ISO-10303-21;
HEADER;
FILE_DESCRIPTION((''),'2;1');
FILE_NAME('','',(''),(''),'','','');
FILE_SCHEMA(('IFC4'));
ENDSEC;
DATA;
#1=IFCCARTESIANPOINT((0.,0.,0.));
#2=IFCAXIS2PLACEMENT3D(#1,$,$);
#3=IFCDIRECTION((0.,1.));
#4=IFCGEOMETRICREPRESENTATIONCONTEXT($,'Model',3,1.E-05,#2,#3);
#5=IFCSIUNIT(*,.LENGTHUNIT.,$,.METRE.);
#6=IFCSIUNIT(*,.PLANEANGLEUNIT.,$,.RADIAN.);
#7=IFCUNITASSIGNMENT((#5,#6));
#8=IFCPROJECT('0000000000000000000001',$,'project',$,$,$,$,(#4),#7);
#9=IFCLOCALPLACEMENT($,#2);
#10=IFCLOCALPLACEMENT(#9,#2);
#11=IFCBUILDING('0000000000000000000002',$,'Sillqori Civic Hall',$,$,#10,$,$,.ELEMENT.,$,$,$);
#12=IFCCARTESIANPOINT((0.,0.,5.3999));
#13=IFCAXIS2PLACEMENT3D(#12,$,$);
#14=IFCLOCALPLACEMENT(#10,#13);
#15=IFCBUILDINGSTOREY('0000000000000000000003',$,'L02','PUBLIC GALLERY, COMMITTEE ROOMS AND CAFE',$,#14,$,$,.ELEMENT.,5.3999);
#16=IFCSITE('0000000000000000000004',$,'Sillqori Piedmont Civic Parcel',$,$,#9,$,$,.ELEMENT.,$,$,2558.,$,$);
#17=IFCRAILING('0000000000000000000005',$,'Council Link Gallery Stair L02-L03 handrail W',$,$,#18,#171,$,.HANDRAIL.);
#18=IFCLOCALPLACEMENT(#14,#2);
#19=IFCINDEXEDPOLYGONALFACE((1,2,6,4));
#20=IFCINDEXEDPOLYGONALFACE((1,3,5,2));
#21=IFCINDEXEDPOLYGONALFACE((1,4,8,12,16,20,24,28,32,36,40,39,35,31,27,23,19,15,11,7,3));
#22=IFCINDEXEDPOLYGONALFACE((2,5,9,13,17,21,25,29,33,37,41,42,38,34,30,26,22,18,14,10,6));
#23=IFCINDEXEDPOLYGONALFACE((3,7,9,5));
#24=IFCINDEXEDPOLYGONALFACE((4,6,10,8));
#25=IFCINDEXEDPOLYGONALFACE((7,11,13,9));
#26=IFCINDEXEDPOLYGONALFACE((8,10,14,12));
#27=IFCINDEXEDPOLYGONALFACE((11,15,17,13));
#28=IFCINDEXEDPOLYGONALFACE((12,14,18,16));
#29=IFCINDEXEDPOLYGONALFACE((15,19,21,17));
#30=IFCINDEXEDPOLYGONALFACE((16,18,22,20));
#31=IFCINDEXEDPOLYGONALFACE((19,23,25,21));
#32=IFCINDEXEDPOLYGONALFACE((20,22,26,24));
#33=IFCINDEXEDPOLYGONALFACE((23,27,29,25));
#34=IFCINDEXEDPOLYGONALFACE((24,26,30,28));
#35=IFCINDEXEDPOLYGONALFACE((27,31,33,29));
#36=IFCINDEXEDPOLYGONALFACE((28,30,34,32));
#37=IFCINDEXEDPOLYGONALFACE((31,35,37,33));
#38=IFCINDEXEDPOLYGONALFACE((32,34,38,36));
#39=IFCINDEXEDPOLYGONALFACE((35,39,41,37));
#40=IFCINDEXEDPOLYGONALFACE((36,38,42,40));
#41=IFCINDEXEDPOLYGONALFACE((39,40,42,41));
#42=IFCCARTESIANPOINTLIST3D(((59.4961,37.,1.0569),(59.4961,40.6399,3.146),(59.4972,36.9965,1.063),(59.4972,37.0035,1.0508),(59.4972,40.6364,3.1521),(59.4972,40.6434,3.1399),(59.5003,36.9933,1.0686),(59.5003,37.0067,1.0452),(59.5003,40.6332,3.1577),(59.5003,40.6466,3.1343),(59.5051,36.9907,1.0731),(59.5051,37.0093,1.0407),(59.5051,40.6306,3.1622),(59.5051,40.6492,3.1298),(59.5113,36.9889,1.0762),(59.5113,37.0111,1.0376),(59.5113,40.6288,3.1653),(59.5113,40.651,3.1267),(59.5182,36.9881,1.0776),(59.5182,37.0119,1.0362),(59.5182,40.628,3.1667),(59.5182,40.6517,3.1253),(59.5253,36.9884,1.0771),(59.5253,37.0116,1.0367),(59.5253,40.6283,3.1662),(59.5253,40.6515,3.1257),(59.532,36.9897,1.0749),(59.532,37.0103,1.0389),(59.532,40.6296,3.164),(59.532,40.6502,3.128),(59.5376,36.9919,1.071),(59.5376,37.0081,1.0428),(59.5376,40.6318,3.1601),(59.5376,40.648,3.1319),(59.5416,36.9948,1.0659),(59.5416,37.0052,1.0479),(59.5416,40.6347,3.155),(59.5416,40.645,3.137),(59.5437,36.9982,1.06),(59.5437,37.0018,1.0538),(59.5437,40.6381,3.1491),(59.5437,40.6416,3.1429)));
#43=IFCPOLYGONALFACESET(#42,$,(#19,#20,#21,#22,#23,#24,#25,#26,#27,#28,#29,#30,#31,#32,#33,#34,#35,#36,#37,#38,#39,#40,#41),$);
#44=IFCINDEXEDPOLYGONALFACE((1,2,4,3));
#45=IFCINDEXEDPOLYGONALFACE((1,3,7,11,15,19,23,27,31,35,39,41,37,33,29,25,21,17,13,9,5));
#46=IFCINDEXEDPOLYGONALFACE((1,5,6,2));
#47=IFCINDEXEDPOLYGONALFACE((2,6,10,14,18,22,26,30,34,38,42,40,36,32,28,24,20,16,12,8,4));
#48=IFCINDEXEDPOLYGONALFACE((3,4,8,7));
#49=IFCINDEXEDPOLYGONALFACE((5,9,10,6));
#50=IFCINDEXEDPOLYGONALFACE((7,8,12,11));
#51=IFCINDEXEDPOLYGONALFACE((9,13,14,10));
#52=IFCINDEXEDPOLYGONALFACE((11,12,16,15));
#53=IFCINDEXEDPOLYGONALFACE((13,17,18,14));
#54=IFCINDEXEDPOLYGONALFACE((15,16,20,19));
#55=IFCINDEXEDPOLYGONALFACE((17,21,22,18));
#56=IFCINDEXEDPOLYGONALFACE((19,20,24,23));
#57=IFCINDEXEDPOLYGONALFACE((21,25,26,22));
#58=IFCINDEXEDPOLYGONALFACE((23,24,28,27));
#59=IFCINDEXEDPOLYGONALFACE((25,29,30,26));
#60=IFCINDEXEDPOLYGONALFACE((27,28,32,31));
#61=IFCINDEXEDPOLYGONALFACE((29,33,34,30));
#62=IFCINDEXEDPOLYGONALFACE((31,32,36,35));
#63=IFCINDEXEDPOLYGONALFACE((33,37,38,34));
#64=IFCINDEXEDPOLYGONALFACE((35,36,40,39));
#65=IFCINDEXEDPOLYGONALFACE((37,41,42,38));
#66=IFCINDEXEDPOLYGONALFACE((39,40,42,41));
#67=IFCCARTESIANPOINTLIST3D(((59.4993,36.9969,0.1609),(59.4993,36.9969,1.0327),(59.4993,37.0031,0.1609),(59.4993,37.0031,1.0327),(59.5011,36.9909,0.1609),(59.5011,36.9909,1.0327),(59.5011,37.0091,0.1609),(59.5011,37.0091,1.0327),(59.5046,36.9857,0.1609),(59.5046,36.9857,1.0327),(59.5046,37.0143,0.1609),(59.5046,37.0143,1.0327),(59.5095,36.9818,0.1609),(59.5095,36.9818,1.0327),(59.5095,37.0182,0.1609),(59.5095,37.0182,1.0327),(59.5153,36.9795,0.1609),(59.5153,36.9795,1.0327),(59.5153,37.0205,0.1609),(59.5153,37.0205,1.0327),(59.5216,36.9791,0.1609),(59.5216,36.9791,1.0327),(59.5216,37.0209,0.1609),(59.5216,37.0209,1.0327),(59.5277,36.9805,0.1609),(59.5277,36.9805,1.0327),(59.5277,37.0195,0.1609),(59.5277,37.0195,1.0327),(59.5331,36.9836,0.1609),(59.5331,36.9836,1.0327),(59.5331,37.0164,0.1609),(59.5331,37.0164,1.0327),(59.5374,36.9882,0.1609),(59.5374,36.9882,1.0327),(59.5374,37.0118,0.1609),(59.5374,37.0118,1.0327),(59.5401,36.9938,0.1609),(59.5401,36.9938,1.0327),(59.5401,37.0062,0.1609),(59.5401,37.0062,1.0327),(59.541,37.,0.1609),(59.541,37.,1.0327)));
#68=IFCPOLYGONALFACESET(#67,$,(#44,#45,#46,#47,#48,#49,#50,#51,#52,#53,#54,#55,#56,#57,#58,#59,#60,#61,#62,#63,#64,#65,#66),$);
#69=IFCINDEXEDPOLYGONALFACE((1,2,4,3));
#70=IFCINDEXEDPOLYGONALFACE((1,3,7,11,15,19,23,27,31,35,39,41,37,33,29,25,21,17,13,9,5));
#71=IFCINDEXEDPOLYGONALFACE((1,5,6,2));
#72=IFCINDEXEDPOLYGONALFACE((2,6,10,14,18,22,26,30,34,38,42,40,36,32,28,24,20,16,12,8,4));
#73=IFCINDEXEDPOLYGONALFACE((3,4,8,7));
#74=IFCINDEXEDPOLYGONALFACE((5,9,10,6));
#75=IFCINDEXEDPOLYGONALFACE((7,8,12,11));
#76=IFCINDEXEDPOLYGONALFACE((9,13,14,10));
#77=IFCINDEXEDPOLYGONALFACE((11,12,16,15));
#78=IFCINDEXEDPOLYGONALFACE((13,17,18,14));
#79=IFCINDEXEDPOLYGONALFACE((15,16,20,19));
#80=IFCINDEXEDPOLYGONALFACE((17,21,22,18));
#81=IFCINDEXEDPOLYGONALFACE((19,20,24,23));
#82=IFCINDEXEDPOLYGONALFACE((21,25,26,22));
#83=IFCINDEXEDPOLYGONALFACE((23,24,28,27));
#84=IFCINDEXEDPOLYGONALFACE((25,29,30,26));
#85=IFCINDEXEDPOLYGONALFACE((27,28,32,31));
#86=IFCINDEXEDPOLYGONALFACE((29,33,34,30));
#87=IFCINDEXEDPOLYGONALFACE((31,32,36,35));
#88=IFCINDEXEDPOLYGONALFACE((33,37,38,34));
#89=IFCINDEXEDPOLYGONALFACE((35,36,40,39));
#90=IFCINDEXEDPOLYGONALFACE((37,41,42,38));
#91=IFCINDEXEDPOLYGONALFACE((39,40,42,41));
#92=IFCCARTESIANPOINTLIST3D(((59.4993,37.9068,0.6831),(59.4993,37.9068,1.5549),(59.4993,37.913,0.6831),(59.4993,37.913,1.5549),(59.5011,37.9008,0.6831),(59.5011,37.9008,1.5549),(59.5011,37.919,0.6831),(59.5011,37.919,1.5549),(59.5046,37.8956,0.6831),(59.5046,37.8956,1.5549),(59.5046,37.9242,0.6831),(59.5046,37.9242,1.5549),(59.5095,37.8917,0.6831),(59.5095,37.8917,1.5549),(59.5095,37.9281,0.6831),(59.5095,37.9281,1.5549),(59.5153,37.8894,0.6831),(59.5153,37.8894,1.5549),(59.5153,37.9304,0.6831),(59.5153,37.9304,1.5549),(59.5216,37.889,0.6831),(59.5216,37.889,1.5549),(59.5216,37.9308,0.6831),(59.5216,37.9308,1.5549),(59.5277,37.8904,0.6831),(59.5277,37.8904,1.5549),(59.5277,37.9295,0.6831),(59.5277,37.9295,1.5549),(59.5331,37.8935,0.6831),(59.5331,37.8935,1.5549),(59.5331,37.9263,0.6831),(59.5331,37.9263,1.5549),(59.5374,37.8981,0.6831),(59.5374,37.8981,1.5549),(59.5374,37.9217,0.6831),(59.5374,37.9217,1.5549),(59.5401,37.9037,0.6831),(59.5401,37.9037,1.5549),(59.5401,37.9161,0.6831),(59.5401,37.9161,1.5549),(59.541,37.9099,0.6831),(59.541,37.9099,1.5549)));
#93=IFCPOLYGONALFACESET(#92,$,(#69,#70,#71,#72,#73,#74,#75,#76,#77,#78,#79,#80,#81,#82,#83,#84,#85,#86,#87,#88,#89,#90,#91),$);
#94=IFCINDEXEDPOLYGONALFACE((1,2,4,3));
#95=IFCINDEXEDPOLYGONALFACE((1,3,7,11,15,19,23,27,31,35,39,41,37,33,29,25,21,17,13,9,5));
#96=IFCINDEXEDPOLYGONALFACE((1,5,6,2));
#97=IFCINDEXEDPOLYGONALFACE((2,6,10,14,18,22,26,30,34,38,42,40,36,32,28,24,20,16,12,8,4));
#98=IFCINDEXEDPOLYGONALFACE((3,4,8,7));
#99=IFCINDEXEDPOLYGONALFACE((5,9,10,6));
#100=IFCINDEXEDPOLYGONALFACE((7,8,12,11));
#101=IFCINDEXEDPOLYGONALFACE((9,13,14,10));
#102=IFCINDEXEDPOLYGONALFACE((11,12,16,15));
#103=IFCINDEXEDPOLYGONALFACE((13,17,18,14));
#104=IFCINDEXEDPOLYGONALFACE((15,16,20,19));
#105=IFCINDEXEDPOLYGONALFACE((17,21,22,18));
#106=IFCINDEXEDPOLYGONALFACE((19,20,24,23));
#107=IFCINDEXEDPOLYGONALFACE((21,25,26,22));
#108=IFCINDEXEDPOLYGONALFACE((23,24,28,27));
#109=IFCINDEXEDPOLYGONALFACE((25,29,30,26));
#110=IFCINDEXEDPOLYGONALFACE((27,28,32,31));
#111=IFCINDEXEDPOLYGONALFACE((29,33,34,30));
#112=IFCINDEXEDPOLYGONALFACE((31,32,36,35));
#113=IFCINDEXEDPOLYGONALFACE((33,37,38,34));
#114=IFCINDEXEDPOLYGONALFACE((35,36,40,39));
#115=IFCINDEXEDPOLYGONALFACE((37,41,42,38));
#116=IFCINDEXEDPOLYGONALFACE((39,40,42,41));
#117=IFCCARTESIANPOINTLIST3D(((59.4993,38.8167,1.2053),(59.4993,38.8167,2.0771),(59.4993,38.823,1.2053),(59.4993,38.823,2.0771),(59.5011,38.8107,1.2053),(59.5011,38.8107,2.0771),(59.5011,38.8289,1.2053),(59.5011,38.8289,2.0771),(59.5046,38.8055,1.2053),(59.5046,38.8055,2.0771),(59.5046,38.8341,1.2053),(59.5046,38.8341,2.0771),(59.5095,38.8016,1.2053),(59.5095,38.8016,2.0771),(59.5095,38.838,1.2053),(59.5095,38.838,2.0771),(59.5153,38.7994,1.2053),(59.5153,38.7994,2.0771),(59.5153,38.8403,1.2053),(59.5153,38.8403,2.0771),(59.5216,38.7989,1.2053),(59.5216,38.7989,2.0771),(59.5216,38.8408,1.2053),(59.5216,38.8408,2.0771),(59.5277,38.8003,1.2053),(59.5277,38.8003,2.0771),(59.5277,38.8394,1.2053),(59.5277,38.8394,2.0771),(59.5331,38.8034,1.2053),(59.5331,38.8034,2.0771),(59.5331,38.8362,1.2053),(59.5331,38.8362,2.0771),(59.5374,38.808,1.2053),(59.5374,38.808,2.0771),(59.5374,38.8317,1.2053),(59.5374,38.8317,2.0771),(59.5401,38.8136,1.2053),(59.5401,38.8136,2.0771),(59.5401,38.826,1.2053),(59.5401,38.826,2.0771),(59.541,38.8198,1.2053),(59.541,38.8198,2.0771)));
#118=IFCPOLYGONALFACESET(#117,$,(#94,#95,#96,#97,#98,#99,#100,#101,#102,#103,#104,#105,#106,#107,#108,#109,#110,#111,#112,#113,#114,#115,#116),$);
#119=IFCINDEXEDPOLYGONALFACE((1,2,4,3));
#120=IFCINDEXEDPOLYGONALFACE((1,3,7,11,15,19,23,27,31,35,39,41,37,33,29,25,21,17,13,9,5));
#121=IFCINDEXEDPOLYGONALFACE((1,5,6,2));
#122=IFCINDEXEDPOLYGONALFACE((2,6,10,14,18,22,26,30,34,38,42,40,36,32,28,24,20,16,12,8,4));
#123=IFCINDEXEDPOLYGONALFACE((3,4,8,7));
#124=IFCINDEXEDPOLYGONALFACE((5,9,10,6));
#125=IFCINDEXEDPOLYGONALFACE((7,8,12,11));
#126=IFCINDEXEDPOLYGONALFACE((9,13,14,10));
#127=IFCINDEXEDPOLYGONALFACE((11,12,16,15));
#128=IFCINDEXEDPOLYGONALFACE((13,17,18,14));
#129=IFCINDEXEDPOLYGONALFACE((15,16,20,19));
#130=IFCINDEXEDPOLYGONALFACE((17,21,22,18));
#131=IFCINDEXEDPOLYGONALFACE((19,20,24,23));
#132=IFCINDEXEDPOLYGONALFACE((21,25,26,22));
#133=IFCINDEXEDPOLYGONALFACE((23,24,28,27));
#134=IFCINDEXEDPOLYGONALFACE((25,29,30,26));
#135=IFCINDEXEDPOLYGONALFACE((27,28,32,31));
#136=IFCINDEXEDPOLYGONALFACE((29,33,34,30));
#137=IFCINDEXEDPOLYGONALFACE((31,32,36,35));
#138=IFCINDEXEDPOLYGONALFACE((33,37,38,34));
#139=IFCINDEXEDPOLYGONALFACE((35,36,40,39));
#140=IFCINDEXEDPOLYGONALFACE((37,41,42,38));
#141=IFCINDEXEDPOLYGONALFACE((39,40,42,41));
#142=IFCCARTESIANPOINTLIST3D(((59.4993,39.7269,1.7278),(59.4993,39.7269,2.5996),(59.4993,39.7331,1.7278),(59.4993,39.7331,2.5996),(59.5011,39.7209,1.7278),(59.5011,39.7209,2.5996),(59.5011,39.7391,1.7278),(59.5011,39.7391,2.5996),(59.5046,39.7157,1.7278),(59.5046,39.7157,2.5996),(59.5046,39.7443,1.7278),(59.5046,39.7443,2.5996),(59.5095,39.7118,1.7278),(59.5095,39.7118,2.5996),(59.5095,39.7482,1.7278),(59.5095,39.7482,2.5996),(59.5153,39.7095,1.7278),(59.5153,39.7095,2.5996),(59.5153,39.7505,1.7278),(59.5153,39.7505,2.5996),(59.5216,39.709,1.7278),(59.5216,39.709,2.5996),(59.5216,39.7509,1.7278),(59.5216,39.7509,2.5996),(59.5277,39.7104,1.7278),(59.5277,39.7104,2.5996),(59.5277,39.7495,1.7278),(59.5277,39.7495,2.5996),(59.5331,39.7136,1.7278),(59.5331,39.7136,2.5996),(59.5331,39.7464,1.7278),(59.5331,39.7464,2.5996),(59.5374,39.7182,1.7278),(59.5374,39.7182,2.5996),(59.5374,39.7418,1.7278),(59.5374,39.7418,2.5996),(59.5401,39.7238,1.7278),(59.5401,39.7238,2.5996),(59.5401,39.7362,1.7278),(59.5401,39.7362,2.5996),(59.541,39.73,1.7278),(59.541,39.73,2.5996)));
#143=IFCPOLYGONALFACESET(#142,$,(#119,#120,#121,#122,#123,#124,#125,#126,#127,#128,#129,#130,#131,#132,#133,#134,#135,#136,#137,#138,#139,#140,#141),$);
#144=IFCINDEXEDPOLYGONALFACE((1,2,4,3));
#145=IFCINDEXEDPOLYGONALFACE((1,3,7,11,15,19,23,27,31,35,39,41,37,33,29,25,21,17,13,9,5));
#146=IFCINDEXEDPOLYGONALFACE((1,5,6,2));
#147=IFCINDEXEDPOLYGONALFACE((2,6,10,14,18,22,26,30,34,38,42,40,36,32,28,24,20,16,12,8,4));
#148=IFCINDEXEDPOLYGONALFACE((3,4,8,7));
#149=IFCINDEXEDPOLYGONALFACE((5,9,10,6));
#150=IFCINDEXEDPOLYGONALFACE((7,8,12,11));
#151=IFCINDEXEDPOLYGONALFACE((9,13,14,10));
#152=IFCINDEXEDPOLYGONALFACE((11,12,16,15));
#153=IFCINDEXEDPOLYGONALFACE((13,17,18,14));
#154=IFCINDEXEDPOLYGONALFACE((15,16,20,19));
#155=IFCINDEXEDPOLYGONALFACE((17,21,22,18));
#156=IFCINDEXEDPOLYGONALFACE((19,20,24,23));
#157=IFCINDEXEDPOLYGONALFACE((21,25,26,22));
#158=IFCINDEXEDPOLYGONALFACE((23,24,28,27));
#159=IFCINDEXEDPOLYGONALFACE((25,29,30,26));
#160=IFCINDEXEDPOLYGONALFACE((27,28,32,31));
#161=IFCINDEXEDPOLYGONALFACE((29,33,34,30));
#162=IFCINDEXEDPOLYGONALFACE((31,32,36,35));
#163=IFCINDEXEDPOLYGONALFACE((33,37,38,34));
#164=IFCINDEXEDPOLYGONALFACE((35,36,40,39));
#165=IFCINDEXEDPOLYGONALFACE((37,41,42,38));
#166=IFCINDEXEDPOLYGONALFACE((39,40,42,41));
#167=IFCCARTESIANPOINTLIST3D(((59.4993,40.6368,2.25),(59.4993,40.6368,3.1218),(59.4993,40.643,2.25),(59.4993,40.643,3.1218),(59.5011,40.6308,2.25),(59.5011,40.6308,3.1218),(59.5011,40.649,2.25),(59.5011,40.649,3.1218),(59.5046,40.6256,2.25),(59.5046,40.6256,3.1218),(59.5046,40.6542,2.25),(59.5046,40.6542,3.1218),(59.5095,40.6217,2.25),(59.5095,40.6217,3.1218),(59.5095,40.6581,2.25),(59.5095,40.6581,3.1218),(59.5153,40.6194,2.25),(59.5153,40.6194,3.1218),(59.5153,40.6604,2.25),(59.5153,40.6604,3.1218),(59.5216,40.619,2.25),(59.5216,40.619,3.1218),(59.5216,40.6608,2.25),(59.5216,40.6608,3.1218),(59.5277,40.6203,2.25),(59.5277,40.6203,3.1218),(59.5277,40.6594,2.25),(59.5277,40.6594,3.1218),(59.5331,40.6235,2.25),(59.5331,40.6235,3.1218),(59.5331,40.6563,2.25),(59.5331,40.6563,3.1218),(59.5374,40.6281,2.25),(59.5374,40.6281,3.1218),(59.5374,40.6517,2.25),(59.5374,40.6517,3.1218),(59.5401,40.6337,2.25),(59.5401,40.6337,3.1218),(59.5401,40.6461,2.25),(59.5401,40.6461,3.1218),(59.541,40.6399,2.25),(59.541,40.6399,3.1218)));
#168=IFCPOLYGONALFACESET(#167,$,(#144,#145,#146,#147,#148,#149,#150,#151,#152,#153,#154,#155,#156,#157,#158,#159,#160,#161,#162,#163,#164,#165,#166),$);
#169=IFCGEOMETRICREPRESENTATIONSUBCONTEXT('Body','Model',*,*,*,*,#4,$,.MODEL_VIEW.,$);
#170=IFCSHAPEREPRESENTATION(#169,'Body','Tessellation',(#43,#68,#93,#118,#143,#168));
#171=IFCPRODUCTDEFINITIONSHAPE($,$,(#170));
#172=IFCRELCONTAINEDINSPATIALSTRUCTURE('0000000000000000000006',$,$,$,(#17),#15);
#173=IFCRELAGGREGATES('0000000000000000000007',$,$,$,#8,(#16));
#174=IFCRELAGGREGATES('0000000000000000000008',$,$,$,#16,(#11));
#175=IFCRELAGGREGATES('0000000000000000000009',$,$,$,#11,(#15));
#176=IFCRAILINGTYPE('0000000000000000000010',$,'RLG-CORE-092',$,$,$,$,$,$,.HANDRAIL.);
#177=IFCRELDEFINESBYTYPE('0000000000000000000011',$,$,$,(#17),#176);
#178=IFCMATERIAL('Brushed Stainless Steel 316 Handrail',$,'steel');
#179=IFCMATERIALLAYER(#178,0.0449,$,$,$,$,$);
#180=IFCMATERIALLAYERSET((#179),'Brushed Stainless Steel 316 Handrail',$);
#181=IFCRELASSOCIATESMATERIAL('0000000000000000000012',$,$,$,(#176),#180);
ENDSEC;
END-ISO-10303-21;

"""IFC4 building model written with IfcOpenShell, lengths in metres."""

from ifc_helpers import new_model, si_unit, direction, frame, origin, origin_2d, place, context, subcontext, project, spatial, circle, extrude, material, layer, layer_set, type_object, element, save


model = new_model("IFC4")

# Units and contexts
model_context = context("Model", 3, precision=1e-05, world=origin(), true_north=direction((0.0, 1.0)))
body_context = subcontext(model_context, "Body", "Model", "MODEL_VIEW")
ifc_project = project(units=[si_unit("LENGTHUNIT", "METRE"), si_unit("PLANEANGLEUNIT", "RADIAN")], contexts=[model_context])

# Site, building, storey
site_placement = place(None, origin())
site = spatial("IfcSite", under=ifc_project, at=site_placement, Name="Sillqori Piedmont Civic Parcel", CompositionType="ELEMENT", RefElevation=2558.0)
building_placement = place(site_placement, origin())
building = spatial("IfcBuilding", under=site, at=building_placement, Name="Sillqori Civic Hall", CompositionType="ELEMENT")
storey_placement = place(building_placement, frame((0.0, 0.0, 5.3999)))
storey = spatial("IfcBuildingStorey", under=building, at=storey_placement, Name="L02", Description="PUBLIC GALLERY, COMMITTEE ROOMS AND CAFE", CompositionType="ELEMENT", Elevation=5.3999)

# Railing
ifc_material_1 = material(Name="Brushed Stainless Steel 316 Handrail", Category="steel")
ifc_layer_1 = layer(ifc_material_1, 0.0449)
ifc_layer_set_1 = layer_set([ifc_layer_1], Name="Brushed Stainless Steel 316 Handrail")
railing_type_1 = type_object("IfcRailingType", Name="RLG-CORE-092", PredefinedType="HANDRAIL", material=ifc_layer_set_1)
railing_1_placement = place(storey_placement, frame((59.52, 37.0, 0.1609)))
element("IfcRailing", 1, at=railing_1_placement, inside=storey, type_object=railing_type_1, Name="Council Link Gallery Stair L02-L03 handrail W", PredefinedType="HANDRAIL", context=body_context, shape_type="SweptSolid", body=[
    extrude(circle(Radius=0.0239, at=origin_2d()), frame((0.0, 0.0, 0.896), z_axis=(0.0, 0.8673, 0.497786), x_axis=(-1.0, 0.0, 0.0)), (0.0, 0.0, 1.0), 4.1968),
    extrude(circle(Radius=0.021, at=origin_2d()), origin(), (0.0, 0.0, 1.0), 0.8718),
    extrude(circle(Radius=0.021, at=origin_2d()), frame((0.0, 0.9099, 0.5222)), (0.0, 0.0, 1.0), 0.8718),
    extrude(circle(Radius=0.021, at=origin_2d()), frame((0.0, 1.8198, 1.0444)), (0.0, 0.0, 1.0), 0.8718),
    extrude(circle(Radius=0.021, at=origin_2d()), frame((0.0, 2.73, 1.5669)), (0.0, 0.0, 1.0), 0.8718),
    extrude(circle(Radius=0.021, at=origin_2d()), frame((0.0, 3.6399, 2.0891)), (0.0, 0.0, 1.0), 0.8718),
])

save(model, "model.ifc")
